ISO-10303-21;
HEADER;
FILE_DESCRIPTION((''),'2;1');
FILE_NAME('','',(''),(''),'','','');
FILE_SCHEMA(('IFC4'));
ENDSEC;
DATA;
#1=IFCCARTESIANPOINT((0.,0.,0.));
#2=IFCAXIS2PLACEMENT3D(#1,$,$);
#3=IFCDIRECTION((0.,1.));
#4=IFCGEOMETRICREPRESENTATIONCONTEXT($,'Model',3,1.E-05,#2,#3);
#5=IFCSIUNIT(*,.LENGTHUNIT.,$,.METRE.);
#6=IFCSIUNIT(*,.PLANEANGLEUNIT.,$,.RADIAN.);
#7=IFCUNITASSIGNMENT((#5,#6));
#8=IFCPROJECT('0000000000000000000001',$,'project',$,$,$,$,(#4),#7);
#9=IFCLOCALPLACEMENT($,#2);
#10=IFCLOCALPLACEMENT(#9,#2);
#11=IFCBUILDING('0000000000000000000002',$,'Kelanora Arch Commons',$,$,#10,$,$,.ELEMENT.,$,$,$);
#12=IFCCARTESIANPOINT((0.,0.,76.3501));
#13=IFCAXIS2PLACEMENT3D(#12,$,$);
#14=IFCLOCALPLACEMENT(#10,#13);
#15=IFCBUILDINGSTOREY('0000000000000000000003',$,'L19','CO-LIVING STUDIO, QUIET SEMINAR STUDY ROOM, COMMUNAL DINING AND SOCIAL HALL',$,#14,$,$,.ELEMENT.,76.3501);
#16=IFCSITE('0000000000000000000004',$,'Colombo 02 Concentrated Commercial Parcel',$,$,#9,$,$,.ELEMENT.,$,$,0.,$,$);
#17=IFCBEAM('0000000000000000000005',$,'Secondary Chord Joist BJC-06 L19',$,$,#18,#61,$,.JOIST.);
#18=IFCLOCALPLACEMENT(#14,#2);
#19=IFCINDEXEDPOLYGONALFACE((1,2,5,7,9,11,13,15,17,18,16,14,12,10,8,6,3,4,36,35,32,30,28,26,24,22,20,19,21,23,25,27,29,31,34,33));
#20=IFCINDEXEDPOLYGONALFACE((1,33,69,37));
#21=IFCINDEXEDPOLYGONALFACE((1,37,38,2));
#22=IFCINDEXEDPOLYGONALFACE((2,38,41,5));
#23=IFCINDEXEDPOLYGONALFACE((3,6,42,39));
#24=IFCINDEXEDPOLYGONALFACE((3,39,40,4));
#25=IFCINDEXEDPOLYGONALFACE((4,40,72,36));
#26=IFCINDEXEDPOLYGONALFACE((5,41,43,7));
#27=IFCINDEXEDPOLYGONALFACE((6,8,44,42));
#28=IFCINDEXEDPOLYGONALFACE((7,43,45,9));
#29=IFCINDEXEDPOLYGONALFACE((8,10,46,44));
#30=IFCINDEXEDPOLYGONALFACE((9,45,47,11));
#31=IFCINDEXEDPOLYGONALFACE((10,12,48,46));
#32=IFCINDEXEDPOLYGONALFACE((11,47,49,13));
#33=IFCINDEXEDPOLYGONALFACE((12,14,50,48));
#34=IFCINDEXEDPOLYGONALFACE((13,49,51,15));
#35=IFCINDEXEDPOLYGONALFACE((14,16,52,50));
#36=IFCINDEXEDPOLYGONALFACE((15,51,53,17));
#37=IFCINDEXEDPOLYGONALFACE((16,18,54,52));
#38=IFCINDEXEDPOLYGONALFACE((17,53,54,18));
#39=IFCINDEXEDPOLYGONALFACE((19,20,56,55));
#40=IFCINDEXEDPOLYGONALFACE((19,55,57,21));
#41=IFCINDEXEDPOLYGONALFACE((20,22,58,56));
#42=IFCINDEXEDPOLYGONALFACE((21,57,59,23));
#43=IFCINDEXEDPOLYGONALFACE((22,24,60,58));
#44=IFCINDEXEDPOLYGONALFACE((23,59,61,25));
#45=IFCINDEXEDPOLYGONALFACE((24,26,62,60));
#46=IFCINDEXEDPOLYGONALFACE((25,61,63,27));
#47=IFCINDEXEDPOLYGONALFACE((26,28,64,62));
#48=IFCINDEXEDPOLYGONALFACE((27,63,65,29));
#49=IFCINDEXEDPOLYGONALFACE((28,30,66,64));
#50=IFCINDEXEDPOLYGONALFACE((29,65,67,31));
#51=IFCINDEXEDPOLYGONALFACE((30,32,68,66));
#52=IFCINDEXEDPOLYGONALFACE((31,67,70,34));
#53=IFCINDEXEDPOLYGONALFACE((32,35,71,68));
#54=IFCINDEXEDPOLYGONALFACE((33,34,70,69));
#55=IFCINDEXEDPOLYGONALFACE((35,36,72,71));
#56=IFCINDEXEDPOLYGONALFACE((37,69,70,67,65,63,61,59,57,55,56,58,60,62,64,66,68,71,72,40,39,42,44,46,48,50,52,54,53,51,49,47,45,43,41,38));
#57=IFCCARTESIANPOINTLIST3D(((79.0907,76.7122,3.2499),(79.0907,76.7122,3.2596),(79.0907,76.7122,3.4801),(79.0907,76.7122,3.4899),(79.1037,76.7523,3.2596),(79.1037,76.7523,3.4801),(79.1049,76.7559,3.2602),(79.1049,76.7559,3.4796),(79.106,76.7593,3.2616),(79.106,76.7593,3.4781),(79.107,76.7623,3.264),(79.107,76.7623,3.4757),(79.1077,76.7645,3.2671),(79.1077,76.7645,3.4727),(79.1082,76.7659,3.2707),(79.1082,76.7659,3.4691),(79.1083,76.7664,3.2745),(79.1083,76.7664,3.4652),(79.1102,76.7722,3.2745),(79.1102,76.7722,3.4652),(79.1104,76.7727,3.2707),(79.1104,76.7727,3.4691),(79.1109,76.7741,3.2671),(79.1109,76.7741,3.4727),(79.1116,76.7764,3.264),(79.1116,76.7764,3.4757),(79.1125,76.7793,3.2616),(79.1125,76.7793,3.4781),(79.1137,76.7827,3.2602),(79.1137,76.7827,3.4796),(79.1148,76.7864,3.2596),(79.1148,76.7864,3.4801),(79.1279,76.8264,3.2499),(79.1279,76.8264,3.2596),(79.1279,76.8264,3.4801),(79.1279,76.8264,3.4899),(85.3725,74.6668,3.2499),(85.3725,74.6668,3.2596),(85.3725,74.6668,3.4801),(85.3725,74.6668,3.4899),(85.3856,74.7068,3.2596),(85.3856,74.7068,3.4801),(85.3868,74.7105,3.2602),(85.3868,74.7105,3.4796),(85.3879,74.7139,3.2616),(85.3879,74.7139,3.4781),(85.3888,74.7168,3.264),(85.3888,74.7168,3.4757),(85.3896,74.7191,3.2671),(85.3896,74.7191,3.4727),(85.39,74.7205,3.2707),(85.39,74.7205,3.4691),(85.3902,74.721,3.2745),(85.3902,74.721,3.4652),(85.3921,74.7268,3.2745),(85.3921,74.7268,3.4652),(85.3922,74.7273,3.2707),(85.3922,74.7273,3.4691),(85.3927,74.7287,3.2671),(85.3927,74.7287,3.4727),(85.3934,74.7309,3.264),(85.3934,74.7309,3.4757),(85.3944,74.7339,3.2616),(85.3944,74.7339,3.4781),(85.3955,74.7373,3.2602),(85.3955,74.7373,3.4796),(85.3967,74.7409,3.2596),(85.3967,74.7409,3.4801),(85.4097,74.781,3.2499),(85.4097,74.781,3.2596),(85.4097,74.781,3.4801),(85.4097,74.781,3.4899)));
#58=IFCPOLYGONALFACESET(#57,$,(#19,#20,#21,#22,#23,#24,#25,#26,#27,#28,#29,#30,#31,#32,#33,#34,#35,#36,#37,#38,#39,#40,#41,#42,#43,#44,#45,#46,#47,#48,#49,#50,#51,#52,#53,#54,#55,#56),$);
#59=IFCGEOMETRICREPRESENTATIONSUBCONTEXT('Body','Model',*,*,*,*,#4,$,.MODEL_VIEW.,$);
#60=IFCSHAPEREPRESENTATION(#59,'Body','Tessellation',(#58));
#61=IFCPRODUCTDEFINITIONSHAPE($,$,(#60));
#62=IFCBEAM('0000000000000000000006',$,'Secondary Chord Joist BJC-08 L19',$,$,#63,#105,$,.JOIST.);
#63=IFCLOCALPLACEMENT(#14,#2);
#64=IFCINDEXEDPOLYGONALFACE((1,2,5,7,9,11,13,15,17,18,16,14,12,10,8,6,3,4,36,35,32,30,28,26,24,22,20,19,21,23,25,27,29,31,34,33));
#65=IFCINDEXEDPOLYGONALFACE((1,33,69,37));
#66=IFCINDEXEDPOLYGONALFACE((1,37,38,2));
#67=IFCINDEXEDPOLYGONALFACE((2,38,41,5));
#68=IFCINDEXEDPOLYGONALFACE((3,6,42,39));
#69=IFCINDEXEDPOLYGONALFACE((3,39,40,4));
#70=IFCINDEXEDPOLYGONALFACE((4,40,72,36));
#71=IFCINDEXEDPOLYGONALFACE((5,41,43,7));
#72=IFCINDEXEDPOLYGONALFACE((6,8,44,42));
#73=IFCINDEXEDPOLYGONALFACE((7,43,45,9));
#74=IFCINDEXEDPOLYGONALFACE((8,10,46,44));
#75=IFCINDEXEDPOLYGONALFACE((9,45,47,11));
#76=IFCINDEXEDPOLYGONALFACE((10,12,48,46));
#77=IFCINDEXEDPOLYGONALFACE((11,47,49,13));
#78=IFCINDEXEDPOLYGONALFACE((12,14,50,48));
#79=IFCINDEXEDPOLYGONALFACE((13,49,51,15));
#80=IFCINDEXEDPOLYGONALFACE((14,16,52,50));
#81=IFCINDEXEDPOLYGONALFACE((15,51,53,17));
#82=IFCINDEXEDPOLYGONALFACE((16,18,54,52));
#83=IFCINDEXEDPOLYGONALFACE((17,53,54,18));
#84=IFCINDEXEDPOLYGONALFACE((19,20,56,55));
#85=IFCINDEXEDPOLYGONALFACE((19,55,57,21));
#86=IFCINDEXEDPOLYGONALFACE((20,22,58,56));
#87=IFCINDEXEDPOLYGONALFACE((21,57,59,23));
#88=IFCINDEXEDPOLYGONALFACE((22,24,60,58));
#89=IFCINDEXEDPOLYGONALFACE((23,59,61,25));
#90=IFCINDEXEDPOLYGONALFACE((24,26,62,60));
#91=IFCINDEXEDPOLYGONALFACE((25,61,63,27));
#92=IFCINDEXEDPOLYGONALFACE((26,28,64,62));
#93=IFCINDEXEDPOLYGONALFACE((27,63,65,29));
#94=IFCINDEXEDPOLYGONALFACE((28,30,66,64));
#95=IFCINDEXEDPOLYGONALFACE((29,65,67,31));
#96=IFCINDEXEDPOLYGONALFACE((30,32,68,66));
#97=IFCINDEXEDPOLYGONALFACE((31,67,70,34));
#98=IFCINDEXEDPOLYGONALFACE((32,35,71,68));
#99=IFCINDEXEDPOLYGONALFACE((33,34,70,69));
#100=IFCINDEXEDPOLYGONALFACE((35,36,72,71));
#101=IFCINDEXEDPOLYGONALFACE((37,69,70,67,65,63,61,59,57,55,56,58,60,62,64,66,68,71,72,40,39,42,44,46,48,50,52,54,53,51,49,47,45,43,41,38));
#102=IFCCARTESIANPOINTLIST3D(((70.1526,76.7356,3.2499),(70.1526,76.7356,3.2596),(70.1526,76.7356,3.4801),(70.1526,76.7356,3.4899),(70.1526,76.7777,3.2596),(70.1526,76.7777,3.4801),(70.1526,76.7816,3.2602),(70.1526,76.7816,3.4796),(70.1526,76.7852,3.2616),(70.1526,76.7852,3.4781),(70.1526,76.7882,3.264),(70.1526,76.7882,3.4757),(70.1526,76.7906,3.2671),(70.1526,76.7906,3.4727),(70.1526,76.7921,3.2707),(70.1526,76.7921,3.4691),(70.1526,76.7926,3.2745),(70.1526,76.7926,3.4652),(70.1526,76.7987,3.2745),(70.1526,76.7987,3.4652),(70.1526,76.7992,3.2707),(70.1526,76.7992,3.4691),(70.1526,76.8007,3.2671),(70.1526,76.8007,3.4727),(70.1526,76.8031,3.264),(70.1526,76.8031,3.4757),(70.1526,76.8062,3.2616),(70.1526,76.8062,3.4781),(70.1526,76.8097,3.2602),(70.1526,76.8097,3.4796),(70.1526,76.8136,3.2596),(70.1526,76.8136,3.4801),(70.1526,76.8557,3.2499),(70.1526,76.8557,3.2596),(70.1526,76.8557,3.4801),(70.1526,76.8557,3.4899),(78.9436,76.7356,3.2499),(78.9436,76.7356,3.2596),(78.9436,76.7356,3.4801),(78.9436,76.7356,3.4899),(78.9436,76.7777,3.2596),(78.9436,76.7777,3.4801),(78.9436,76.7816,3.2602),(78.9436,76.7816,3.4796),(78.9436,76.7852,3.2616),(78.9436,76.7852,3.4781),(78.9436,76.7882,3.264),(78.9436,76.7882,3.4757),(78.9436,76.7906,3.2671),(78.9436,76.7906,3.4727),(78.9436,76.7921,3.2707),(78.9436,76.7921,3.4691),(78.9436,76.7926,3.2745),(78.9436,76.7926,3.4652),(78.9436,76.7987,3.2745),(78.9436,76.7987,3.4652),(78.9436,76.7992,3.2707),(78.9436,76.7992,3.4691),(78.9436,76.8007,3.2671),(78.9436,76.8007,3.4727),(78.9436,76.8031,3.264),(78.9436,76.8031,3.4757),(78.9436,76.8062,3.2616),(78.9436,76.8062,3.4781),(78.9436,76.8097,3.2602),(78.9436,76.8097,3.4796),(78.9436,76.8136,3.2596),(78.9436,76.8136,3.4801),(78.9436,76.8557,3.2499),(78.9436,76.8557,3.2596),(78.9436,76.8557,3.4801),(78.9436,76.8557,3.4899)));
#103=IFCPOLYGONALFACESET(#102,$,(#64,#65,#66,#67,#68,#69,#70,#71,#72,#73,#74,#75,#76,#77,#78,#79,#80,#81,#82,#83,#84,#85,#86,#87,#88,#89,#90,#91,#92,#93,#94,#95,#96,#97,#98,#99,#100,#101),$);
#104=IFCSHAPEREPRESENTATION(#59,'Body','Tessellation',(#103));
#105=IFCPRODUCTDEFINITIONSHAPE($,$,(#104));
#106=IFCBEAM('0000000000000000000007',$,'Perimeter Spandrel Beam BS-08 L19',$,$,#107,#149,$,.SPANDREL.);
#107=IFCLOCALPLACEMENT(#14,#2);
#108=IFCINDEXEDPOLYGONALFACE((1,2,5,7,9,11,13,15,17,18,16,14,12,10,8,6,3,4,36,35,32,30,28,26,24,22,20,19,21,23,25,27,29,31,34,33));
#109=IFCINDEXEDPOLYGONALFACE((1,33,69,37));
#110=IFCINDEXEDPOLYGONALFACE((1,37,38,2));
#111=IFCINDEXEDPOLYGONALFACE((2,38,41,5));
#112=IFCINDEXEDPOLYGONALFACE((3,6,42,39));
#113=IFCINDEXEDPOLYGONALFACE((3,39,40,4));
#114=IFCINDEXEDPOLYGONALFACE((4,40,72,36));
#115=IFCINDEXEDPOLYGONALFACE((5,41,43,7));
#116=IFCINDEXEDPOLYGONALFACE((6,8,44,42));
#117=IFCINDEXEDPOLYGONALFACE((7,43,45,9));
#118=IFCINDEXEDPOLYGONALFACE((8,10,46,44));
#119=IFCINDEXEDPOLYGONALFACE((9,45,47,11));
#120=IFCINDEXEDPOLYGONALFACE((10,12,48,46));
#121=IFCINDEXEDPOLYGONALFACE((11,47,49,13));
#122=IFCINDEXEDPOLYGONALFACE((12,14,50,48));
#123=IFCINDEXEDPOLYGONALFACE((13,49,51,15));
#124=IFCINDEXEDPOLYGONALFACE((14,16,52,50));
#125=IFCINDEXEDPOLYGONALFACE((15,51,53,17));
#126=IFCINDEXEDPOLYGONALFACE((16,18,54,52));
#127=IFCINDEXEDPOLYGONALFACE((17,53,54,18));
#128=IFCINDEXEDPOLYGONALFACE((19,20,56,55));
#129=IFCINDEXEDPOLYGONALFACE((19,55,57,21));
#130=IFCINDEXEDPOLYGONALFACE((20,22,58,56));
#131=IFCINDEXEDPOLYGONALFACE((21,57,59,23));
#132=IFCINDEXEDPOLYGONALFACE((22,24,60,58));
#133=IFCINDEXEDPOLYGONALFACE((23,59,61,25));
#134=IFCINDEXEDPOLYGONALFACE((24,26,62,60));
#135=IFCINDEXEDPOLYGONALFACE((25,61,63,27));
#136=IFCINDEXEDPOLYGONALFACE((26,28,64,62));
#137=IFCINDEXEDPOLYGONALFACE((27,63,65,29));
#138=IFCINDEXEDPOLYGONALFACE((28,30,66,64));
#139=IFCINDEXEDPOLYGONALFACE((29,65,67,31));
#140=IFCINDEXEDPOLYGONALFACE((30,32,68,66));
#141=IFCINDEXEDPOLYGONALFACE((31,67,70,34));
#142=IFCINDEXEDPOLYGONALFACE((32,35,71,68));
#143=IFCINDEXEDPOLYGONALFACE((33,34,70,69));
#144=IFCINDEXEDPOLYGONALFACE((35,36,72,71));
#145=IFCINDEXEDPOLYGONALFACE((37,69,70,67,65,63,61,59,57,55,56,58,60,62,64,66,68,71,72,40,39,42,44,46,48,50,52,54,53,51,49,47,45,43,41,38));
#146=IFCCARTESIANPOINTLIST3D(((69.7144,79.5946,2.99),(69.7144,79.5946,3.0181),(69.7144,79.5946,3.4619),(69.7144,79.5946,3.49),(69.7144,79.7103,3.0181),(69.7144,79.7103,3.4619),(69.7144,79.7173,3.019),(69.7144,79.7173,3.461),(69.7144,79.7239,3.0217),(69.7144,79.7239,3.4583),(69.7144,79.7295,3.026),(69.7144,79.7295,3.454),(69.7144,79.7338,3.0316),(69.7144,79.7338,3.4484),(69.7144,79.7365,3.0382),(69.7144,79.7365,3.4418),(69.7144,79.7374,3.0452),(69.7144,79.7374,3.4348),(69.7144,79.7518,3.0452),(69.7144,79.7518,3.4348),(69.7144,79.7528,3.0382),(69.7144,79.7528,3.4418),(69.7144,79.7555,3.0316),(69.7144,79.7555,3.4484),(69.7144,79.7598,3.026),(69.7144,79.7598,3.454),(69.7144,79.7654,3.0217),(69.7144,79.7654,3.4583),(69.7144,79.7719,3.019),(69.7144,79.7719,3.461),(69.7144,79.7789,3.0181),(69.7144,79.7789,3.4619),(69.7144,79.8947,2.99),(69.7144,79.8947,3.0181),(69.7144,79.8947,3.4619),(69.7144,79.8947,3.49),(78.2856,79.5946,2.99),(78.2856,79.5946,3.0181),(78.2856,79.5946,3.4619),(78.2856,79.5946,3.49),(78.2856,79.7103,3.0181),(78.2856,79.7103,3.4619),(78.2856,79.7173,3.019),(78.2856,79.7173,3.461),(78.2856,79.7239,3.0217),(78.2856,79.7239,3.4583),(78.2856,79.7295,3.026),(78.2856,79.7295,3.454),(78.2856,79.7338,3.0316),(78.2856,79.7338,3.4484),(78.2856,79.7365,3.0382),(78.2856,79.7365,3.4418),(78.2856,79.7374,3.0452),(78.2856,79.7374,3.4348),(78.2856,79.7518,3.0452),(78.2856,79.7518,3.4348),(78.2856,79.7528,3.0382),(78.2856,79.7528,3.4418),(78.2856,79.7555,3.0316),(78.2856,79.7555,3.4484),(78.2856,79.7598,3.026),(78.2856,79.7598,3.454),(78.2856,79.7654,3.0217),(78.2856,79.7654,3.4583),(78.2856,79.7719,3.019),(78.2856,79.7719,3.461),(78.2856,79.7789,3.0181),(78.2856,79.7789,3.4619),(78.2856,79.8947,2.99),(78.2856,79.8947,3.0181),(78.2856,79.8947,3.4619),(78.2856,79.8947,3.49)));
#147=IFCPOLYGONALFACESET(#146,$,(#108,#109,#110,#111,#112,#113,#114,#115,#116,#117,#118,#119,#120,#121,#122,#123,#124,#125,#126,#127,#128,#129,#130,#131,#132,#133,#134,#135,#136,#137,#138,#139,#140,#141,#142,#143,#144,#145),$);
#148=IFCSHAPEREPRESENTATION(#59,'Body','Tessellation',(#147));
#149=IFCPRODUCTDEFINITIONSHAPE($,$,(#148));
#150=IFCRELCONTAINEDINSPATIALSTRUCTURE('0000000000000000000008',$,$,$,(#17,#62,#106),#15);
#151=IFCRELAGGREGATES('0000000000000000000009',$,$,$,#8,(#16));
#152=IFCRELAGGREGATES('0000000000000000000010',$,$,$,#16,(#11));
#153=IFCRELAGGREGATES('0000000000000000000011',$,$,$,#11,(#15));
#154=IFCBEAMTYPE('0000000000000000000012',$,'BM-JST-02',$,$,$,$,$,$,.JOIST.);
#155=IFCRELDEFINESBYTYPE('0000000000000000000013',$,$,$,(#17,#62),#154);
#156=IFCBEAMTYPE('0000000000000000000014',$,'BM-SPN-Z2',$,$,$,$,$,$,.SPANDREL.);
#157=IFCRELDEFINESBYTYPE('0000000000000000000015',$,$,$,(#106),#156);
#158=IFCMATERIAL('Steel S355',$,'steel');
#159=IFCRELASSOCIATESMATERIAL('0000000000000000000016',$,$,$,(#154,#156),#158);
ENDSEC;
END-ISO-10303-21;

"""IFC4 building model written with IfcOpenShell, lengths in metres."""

from ifc_helpers import new_model, si_unit, direction, frame, origin, origin_2d, place, context, subcontext, project, spatial, i_section, extrude, material, material_profile, profile_set, type_object, element, save


model = new_model("IFC4")

# Units and contexts
model_context = context("Model", 3, precision=1e-05, world=origin(), true_north=direction((0.0, 1.0)))
body_context = subcontext(model_context, "Body", "Model", "MODEL_VIEW")
ifc_project = project(units=[si_unit("LENGTHUNIT", "METRE"), si_unit("PLANEANGLEUNIT", "RADIAN")], contexts=[model_context])

# Site, building, storey
site_placement = place(None, origin())
site = spatial("IfcSite", under=ifc_project, at=site_placement, Name="Colombo 02 Concentrated Commercial Parcel", CompositionType="ELEMENT", RefElevation=0.0)
building_placement = place(site_placement, origin())
building = spatial("IfcBuilding", under=site, at=building_placement, Name="Kelanora Arch Commons", CompositionType="ELEMENT")
storey_placement = place(building_placement, frame((0.0, 0.0, 76.3501)))
storey = spatial("IfcBuildingStorey", under=building, at=storey_placement, Name="L19", Description="CO-LIVING STUDIO, QUIET SEMINAR STUDY ROOM, COMMUNAL DINING AND SOCIAL HALL", CompositionType="ELEMENT", Elevation=76.3501)

# Beams
ifc_material_1 = material(Name="Steel S355", Category="steel")
ifc_material_profile_1 = material_profile(ifc_material_1, i_section(OverallWidth=0.1201, OverallDepth=0.24, WebThickness=0.0061, FlangeThickness=0.0098, FilletRadius=0.0149, at=origin_2d()), Name="IPE240")
ifc_profile_set_1 = profile_set([ifc_material_profile_1], Name="Steel S355")
beam_type_1 = type_object("IfcBeamType", Name="BM-JST-02", PredefinedType="JOIST", material=ifc_profile_set_1)
beam_1_placement = place(storey_placement, frame((85.3911, 74.7239, 3.3699), z_axis=(-0.950863, 0.309612, 0.0), x_axis=(-0.309612, -0.950863, 0.0)))
element("IfcBeam", 1, at=beam_1_placement, inside=storey, type_object=beam_type_1, Name="Secondary Chord Joist BJC-06 L19", PredefinedType="JOIST", context=body_context, shape_type="SweptSolid", body=[
    extrude(i_section(OverallWidth=0.1201, OverallDepth=0.24, WebThickness=0.0061, FlangeThickness=0.0098, FilletRadius=0.0149, at=origin_2d()), origin(), (0.0, 0.0, 1.0), 6.6064),
])
beam_2_placement = place(storey_placement, frame((78.9436, 76.7957, 3.3699), z_axis=(-1.0, 0.0, 0.0), x_axis=(0.0, -1.0, 0.0)))
element("IfcBeam", 2, at=beam_2_placement, inside=storey, type_object=beam_type_1, Name="Secondary Chord Joist BJC-08 L19", PredefinedType="JOIST", context=body_context, shape_type="SweptSolid", body=[
    extrude(i_section(OverallWidth=0.1201, OverallDepth=0.24, WebThickness=0.0061, FlangeThickness=0.0098, FilletRadius=0.0149, at=origin_2d()), origin(), (0.0, 0.0, 1.0), 8.791),
])
ifc_material_profile_2 = material_profile(ifc_material_1, i_section(OverallWidth=0.3, OverallDepth=0.5, WebThickness=0.0144, FlangeThickness=0.0281, FilletRadius=0.0271, at=origin_2d()), Name="HEB500")
ifc_profile_set_2 = profile_set([ifc_material_profile_2], Name="Steel S355")
beam_type_2 = type_object("IfcBeamType", Name="BM-SPN-Z2", PredefinedType="SPANDREL", material=ifc_profile_set_2)
beam_3_placement = place(storey_placement, frame((78.2856, 79.7446, 3.24), z_axis=(-1.0, 0.0, 0.0), x_axis=(0.0, -1.0, 0.0)))
element("IfcBeam", 3, at=beam_3_placement, inside=storey, type_object=beam_type_2, Name="Perimeter Spandrel Beam BS-08 L19", PredefinedType="SPANDREL", context=body_context, shape_type="SweptSolid", body=[
    extrude(i_section(OverallWidth=0.3, OverallDepth=0.5, WebThickness=0.0144, FlangeThickness=0.0281, FilletRadius=0.0271, at=origin_2d()), origin(), (0.0, 0.0, 1.0), 8.5713),
])

save(model, "model.ifc")
